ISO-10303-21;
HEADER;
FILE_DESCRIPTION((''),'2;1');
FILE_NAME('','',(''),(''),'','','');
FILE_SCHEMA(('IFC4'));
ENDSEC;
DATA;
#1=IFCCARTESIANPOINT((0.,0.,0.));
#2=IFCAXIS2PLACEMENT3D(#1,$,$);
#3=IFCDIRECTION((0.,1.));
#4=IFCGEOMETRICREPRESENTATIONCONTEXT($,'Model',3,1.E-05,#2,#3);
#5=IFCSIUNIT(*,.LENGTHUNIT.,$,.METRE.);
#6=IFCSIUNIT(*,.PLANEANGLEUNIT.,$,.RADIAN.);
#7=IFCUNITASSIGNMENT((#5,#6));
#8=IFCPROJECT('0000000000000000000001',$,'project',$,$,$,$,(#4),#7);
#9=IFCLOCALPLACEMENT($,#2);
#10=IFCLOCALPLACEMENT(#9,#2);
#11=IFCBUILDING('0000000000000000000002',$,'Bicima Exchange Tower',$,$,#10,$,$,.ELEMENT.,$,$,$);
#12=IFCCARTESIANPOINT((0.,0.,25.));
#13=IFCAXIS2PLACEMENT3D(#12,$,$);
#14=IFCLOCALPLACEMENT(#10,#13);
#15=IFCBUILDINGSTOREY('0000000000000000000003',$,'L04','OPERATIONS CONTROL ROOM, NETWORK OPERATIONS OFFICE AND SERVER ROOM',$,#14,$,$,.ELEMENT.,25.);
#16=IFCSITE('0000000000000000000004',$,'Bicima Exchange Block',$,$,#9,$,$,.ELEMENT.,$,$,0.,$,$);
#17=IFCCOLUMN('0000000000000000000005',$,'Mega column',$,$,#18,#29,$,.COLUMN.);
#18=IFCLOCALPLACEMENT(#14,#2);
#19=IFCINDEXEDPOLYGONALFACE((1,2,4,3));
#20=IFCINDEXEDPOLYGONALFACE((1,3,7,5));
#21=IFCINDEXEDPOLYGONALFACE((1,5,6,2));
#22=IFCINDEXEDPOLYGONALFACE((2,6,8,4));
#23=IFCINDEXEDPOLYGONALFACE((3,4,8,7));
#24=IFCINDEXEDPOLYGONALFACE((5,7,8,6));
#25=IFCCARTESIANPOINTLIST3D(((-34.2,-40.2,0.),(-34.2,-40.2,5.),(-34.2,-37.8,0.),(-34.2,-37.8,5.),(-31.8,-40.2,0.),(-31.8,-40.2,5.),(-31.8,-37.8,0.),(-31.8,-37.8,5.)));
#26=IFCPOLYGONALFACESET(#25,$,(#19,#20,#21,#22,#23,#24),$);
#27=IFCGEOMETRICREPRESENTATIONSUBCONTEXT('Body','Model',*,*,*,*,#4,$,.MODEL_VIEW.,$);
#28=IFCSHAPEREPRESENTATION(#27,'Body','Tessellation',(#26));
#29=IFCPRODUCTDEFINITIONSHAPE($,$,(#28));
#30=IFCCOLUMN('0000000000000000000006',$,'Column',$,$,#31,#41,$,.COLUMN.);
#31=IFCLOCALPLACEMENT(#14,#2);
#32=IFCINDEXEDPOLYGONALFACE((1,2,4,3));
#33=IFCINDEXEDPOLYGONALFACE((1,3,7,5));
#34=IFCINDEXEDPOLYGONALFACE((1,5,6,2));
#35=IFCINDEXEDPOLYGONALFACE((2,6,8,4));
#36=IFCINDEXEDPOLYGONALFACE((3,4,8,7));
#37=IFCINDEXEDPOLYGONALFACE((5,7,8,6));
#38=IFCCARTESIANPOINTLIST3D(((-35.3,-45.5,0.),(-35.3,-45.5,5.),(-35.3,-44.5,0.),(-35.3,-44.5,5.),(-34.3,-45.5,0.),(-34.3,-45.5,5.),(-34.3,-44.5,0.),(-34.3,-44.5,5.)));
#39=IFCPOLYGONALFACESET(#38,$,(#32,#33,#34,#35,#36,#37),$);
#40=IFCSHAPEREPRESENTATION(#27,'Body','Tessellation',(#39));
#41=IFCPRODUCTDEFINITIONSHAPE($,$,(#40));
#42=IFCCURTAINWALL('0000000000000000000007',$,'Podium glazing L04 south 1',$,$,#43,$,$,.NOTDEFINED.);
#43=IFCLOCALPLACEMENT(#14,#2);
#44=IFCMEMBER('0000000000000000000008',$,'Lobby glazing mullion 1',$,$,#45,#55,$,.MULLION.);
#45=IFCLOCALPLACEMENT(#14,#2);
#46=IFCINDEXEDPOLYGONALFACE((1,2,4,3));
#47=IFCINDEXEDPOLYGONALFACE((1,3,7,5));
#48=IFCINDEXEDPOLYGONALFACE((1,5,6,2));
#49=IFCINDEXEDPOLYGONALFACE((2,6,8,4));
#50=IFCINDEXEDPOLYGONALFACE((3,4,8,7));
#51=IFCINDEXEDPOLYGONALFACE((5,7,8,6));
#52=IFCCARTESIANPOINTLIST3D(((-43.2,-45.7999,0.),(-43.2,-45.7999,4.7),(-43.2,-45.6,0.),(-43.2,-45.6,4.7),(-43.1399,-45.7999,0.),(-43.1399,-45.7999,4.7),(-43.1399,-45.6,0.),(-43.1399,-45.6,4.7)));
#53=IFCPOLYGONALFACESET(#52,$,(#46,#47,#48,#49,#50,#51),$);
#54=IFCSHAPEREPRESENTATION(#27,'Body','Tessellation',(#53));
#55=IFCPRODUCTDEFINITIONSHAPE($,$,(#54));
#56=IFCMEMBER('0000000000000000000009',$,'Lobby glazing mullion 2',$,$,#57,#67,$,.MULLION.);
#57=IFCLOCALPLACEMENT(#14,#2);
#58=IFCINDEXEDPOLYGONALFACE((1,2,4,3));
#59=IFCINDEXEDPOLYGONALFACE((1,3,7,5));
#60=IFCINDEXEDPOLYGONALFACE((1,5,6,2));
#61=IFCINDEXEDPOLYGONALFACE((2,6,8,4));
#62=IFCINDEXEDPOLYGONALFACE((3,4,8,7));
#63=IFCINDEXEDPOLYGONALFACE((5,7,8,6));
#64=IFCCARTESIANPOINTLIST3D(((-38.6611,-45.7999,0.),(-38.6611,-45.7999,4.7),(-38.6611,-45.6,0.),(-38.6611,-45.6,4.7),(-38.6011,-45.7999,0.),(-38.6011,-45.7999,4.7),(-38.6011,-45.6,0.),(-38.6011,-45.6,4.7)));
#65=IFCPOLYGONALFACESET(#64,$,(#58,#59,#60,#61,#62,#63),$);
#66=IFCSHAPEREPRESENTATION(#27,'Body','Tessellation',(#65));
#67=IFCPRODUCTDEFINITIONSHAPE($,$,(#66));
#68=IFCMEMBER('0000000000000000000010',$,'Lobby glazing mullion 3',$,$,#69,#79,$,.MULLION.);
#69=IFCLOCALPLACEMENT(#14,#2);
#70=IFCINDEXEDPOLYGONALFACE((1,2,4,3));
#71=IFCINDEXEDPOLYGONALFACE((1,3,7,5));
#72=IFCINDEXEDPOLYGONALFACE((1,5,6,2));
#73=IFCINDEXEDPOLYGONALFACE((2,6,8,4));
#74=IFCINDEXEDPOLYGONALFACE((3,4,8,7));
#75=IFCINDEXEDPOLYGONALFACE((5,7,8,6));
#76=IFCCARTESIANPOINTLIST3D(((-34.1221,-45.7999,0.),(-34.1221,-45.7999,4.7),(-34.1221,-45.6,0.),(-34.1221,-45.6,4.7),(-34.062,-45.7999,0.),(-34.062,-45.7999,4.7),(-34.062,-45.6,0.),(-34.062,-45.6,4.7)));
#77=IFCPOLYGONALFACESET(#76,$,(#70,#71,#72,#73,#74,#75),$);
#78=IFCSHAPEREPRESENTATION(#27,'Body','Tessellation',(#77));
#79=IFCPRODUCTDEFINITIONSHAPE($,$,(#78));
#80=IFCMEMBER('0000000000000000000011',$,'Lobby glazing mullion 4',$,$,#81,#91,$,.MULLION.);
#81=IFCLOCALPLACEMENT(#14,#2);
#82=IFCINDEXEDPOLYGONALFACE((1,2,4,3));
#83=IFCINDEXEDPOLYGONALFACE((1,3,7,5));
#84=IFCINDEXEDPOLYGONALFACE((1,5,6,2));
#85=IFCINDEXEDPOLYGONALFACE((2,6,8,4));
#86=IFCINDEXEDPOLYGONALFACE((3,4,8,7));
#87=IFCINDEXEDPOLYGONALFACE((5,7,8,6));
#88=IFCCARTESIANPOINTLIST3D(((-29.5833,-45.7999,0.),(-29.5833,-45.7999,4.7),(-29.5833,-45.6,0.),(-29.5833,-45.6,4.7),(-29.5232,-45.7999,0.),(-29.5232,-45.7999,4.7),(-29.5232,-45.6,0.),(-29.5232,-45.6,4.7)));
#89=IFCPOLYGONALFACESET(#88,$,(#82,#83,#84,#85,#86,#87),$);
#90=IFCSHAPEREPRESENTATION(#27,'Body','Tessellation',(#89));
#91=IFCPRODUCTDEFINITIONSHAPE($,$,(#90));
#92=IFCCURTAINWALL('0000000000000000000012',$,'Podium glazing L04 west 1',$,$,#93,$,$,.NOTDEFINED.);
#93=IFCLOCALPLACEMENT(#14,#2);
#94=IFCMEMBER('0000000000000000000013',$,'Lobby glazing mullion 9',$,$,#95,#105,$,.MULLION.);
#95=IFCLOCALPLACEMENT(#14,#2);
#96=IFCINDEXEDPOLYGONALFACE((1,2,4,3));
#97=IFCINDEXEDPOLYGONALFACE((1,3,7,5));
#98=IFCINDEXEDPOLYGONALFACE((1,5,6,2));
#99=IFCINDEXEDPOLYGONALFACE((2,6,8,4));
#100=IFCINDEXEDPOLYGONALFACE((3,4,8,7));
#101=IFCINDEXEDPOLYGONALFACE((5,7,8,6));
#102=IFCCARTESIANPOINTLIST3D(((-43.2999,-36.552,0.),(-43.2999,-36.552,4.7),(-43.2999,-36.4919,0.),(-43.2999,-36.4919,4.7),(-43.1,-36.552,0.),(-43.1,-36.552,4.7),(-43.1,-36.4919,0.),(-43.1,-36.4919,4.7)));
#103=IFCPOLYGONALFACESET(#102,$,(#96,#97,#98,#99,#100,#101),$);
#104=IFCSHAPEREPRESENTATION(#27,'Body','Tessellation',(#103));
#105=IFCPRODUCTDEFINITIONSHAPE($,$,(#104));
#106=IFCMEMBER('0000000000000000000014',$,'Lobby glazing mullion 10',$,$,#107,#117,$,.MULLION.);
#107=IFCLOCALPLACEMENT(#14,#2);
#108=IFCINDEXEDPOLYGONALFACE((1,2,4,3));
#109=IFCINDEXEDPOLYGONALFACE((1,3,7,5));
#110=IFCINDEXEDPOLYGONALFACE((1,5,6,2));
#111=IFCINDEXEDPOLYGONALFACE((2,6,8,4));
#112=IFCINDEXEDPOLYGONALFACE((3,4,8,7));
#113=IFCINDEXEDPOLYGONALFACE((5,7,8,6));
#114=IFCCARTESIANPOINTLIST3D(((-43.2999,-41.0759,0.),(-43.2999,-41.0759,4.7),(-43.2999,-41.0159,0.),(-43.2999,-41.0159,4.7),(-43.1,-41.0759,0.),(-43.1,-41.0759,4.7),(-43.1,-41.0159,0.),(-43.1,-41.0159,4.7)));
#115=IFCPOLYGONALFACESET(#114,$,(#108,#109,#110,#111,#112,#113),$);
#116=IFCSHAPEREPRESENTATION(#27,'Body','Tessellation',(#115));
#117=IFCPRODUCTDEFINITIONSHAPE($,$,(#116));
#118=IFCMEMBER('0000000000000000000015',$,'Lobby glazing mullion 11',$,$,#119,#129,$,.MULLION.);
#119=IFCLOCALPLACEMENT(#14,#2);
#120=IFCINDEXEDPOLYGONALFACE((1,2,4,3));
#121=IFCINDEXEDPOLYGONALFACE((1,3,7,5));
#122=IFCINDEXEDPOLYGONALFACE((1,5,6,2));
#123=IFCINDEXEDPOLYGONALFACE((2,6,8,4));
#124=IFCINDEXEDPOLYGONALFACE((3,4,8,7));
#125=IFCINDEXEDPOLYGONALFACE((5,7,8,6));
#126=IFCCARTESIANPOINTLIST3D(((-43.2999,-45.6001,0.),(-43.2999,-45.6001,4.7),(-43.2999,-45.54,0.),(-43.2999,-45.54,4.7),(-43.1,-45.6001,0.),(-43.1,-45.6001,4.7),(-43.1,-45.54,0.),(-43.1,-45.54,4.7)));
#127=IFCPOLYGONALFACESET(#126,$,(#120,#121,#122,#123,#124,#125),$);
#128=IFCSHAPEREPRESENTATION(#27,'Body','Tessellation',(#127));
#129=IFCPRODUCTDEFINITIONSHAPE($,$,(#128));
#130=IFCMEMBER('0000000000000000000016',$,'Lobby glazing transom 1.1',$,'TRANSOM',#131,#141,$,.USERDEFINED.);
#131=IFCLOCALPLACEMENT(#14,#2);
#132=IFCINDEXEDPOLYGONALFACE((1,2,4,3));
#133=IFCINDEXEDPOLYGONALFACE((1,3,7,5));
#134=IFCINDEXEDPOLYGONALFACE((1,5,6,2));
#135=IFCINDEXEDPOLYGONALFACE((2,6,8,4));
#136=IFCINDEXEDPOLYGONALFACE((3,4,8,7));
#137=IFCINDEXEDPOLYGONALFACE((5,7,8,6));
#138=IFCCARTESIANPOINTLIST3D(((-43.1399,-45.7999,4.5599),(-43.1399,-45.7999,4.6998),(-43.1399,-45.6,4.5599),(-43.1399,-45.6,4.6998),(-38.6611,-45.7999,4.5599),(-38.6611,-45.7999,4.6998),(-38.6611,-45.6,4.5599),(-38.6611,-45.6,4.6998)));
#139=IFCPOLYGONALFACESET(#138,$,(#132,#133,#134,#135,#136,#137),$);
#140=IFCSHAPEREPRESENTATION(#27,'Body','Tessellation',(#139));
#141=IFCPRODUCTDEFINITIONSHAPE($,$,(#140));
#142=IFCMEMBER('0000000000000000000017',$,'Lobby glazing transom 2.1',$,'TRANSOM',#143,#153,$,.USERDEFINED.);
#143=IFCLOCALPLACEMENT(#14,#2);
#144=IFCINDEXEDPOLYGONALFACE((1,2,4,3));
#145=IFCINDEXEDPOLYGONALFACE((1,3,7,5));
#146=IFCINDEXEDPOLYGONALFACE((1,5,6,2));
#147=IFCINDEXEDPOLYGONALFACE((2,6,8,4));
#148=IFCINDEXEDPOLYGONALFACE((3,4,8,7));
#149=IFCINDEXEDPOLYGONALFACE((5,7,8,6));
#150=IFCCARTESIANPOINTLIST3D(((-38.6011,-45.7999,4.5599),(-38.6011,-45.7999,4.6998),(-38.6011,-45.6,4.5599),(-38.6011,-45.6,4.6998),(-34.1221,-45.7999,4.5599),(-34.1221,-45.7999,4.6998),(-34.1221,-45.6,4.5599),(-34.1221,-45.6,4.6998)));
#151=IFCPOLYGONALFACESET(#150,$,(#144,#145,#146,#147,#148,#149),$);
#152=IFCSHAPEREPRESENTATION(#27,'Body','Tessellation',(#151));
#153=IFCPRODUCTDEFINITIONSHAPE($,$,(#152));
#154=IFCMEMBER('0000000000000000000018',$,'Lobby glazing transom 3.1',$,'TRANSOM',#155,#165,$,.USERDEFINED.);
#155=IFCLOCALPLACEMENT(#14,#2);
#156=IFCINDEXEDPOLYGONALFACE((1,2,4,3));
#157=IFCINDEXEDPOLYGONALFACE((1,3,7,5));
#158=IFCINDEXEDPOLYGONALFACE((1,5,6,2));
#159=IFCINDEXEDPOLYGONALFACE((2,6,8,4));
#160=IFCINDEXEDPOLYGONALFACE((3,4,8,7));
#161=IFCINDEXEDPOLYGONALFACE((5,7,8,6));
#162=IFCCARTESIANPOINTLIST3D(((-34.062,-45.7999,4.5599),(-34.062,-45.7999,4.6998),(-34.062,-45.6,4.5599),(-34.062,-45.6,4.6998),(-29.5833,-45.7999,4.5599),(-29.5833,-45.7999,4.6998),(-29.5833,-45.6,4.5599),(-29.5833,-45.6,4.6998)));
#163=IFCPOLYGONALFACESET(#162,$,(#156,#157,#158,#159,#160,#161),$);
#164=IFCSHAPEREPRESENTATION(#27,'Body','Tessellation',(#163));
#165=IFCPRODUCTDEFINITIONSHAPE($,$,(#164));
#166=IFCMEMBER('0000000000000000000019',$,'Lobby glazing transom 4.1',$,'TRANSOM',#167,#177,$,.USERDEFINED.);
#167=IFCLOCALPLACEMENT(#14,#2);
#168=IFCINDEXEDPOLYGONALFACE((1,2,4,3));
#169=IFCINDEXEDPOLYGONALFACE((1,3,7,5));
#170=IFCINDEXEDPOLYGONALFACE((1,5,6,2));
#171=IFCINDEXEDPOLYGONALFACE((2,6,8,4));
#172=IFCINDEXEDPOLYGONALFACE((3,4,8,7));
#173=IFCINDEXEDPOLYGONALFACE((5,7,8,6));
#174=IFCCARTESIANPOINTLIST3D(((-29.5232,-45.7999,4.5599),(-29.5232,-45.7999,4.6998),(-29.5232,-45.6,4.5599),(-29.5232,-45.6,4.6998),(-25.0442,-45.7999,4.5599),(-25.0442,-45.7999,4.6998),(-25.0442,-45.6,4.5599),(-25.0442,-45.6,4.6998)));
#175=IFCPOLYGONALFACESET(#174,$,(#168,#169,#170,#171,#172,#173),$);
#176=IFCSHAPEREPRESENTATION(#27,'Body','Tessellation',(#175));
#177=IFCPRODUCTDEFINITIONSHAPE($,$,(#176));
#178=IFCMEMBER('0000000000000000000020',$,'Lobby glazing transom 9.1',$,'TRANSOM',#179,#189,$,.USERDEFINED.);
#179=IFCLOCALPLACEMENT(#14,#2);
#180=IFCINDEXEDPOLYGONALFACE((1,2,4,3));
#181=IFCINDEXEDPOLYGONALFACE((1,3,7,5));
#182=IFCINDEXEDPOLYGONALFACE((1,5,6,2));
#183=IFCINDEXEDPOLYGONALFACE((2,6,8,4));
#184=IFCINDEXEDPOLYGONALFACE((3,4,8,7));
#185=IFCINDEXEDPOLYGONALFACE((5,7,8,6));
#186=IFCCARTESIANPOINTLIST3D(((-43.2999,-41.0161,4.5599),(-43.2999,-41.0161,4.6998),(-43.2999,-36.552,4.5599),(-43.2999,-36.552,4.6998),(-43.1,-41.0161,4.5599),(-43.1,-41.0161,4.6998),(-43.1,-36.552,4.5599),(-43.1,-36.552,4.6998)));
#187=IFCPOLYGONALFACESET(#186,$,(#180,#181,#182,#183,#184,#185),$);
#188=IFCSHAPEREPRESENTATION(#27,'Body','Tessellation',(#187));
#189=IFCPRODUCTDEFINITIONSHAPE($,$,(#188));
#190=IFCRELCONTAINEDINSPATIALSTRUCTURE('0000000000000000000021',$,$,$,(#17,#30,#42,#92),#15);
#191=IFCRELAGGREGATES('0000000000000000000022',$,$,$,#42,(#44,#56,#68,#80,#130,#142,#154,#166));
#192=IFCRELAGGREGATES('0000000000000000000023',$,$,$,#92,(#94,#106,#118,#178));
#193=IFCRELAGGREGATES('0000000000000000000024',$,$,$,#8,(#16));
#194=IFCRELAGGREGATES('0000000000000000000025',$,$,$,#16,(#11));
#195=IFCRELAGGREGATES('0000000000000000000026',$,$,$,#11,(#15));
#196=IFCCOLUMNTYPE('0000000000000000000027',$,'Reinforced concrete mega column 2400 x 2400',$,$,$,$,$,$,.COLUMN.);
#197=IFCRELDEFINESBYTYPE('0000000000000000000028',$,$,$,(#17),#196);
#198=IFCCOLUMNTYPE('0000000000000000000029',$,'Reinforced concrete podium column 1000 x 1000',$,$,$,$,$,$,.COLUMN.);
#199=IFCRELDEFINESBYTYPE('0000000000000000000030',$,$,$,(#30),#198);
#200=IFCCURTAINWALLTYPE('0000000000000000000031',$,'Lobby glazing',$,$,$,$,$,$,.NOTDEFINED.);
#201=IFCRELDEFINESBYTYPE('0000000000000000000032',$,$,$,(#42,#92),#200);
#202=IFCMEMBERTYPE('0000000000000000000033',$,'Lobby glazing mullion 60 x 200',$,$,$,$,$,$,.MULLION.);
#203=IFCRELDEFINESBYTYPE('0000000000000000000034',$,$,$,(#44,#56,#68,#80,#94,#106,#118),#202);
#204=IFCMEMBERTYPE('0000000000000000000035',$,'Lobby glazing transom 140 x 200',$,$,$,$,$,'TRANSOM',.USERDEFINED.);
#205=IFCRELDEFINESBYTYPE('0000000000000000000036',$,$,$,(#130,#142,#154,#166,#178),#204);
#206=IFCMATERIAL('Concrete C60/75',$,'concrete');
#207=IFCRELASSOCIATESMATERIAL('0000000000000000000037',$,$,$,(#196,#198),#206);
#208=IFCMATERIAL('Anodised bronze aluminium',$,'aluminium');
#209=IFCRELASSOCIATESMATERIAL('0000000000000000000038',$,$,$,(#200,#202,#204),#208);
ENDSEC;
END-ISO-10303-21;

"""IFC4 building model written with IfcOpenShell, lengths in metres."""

from ifc_helpers import new_model, si_unit, direction, frame, origin, origin_2d, place, context, subcontext, project, spatial, rectangle, extrude, material, material_profile, profile_set, type_object, element, aggregate, save


model = new_model("IFC4")

# Units and contexts
model_context = context("Model", 3, precision=1e-05, world=origin(), true_north=direction((0.0, 1.0)))
body_context = subcontext(model_context, "Body", "Model", "MODEL_VIEW")
ifc_project = project(units=[si_unit("LENGTHUNIT", "METRE"), si_unit("PLANEANGLEUNIT", "RADIAN")], contexts=[model_context])

# Site, building, storey
site_placement = place(None, origin())
site = spatial("IfcSite", under=ifc_project, at=site_placement, Name="Bicima Exchange Block", CompositionType="ELEMENT", RefElevation=0.0)
building_placement = place(site_placement, origin())
building = spatial("IfcBuilding", under=site, at=building_placement, Name="Bicima Exchange Tower", CompositionType="ELEMENT")
storey_placement = place(building_placement, frame((0.0, 0.0, 25.0)))
storey = spatial("IfcBuildingStorey", under=building, at=storey_placement, Name="L04", Description="OPERATIONS CONTROL ROOM, NETWORK OPERATIONS OFFICE AND SERVER ROOM", CompositionType="ELEMENT", Elevation=25.0)

# Columns
ifc_material_1 = material(Name="Concrete C60/75", Category="concrete")
ifc_material_profile_1 = material_profile(ifc_material_1, rectangle(XDim=2.3999, YDim=2.3999, at=origin_2d()))
ifc_profile_set_1 = profile_set([ifc_material_profile_1], Name="Concrete C60/75")
column_type_1 = type_object("IfcColumnType", Name="Reinforced concrete mega column 2400 x 2400", PredefinedType="COLUMN", material=ifc_profile_set_1)
column_1_placement = place(storey_placement, frame((-33.0, -39.0, 0.0), z_axis=(0.0, 0.0, 1.0), x_axis=(1.0, 0.0, 0.0)))
element("IfcColumn", 1, at=column_1_placement, inside=storey, type_object=column_type_1, Name="Mega column", PredefinedType="COLUMN", context=body_context, shape_type="SweptSolid", body=[
    extrude(rectangle(XDim=2.3999, YDim=2.3999, at=origin_2d()), origin(), (0.0, 0.0, 1.0), 5.0),
])
ifc_material_profile_2 = material_profile(ifc_material_1, rectangle(XDim=1.0, YDim=1.0, at=origin_2d()))
ifc_profile_set_2 = profile_set([ifc_material_profile_2], Name="Concrete C60/75")
column_type_2 = type_object("IfcColumnType", Name="Reinforced concrete podium column 1000 x 1000", PredefinedType="COLUMN", material=ifc_profile_set_2)
column_2_placement = place(storey_placement, frame((-34.8, -45.0, 0.0), z_axis=(0.0, 0.0, 1.0), x_axis=(1.0, 0.0, 0.0)))
element("IfcColumn", 2, at=column_2_placement, inside=storey, type_object=column_type_2, Name="Column", PredefinedType="COLUMN", context=body_context, shape_type="SweptSolid", body=[
    extrude(rectangle(XDim=1.0, YDim=1.0, at=origin_2d()), origin(), (0.0, 0.0, 1.0), 5.0),
])

# Curtain walls, members
ifc_material_2 = material(Name="Anodised bronze aluminium", Category="aluminium")
curtain_wall_type = type_object("IfcCurtainWallType", Name="Lobby glazing", PredefinedType="NOTDEFINED", material=ifc_material_2)
curtain_wall_1_placement = place(storey_placement, origin())
curtain_wall_1 = element("IfcCurtainWall", 3, at=curtain_wall_1_placement, inside=storey, type_object=curtain_wall_type, Name="Podium glazing L04 south 1", PredefinedType="NOTDEFINED")
ifc_material_profile_3 = material_profile(ifc_material_2, rectangle(XDim=0.2, YDim=0.0601, at=origin_2d()))
ifc_profile_set_3 = profile_set([ifc_material_profile_3], Name="Anodised bronze aluminium")
member_type_1 = type_object("IfcMemberType", Name="Lobby glazing mullion 60 x 200", PredefinedType="MULLION", material=ifc_profile_set_3)
member_1_placement = place(storey_placement, frame((-43.1699, -45.7, 0.0), z_axis=(0.0, 0.0, 1.0), x_axis=(0.0, 1.0, 0.0)))
member_1 = element("IfcMember", 4, at=member_1_placement, type_object=member_type_1, Name="Lobby glazing mullion 1", PredefinedType="MULLION", context=body_context, shape_type="SweptSolid", body=[
    extrude(rectangle(XDim=0.2, YDim=0.0601, at=origin_2d()), origin(), (0.0, 0.0, 1.0), 4.7),
])
member_2_placement = place(storey_placement, frame((-38.6311, -45.7, 0.0), z_axis=(0.0, 0.0, 1.0), x_axis=(0.0, 1.0, 0.0)))
member_2 = element("IfcMember", 5, at=member_2_placement, type_object=member_type_1, Name="Lobby glazing mullion 2", PredefinedType="MULLION", context=body_context, shape_type="SweptSolid", body=[
    extrude(rectangle(XDim=0.2, YDim=0.0601, at=origin_2d()), origin(), (0.0, 0.0, 1.0), 4.7),
])
member_3_placement = place(storey_placement, frame((-34.092, -45.7, 0.0), z_axis=(0.0, 0.0, 1.0), x_axis=(0.0, 1.0, 0.0)))
member_3 = element("IfcMember", 6, at=member_3_placement, type_object=member_type_1, Name="Lobby glazing mullion 3", PredefinedType="MULLION", context=body_context, shape_type="SweptSolid", body=[
    extrude(rectangle(XDim=0.2, YDim=0.0601, at=origin_2d()), origin(), (0.0, 0.0, 1.0), 4.7),
])
member_4_placement = place(storey_placement, frame((-29.5532, -45.7, 0.0), z_axis=(0.0, 0.0, 1.0), x_axis=(0.0, 1.0, 0.0)))
member_4 = element("IfcMember", 7, at=member_4_placement, type_object=member_type_1, Name="Lobby glazing mullion 4", PredefinedType="MULLION", context=body_context, shape_type="SweptSolid", body=[
    extrude(rectangle(XDim=0.2, YDim=0.0601, at=origin_2d()), origin(), (0.0, 0.0, 1.0), 4.7),
])
curtain_wall_2_placement = place(storey_placement, origin())
curtain_wall_2 = element("IfcCurtainWall", 8, at=curtain_wall_2_placement, inside=storey, type_object=curtain_wall_type, Name="Podium glazing L04 west 1", PredefinedType="NOTDEFINED")
member_5_placement = place(storey_placement, frame((-43.2, -36.522, 0.0), z_axis=(0.0, 0.0, 1.0), x_axis=(1.0, 0.0, 0.0)))
member_5 = element("IfcMember", 9, at=member_5_placement, type_object=member_type_1, Name="Lobby glazing mullion 9", PredefinedType="MULLION", context=body_context, shape_type="SweptSolid", body=[
    extrude(rectangle(XDim=0.2, YDim=0.0601, at=origin_2d()), origin(), (0.0, 0.0, 1.0), 4.7),
])
member_6_placement = place(storey_placement, frame((-43.2, -41.0459, 0.0), z_axis=(0.0, 0.0, 1.0), x_axis=(1.0, 0.0, 0.0)))
member_6 = element("IfcMember", 10, at=member_6_placement, type_object=member_type_1, Name="Lobby glazing mullion 10", PredefinedType="MULLION", context=body_context, shape_type="SweptSolid", body=[
    extrude(rectangle(XDim=0.2, YDim=0.0601, at=origin_2d()), origin(), (0.0, 0.0, 1.0), 4.7),
])
member_7_placement = place(storey_placement, frame((-43.2, -45.5701, 0.0), z_axis=(0.0, 0.0, 1.0), x_axis=(1.0, 0.0, 0.0)))
member_7 = element("IfcMember", 11, at=member_7_placement, type_object=member_type_1, Name="Lobby glazing mullion 11", PredefinedType="MULLION", context=body_context, shape_type="SweptSolid", body=[
    extrude(rectangle(XDim=0.2, YDim=0.0601, at=origin_2d()), origin(), (0.0, 0.0, 1.0), 4.7),
])

# Members
ifc_material_profile_4 = material_profile(ifc_material_2, rectangle(XDim=0.2, YDim=0.1399, at=origin_2d()))
ifc_profile_set_4 = profile_set([ifc_material_profile_4], Name="Anodised bronze aluminium")
member_type_2 = type_object("IfcMemberType", Name="Lobby glazing transom 140 x 200", ElementType="TRANSOM", PredefinedType="USERDEFINED", material=ifc_profile_set_4)
member_8_placement = place(storey_placement, frame((-43.1399, -45.7, 4.6299), z_axis=(1.0, 0.0, 0.0), x_axis=(0.0, 1.0, 0.0)))
member_8 = element("IfcMember", 12, at=member_8_placement, type_object=member_type_2, Name="Lobby glazing transom 1.1", ObjectType="TRANSOM", PredefinedType="USERDEFINED", context=body_context, shape_type="SweptSolid", body=[
    extrude(rectangle(XDim=0.2, YDim=0.1399, at=origin_2d()), origin(), (0.0, 0.0, 1.0), 4.4788),
])
member_9_placement = place(storey_placement, frame((-38.6011, -45.7, 4.6299), z_axis=(1.0, 0.0, 0.0), x_axis=(0.0, 1.0, 0.0)))
member_9 = element("IfcMember", 13, at=member_9_placement, type_object=member_type_2, Name="Lobby glazing transom 2.1", ObjectType="TRANSOM", PredefinedType="USERDEFINED", context=body_context, shape_type="SweptSolid", body=[
    extrude(rectangle(XDim=0.2, YDim=0.1399, at=origin_2d()), origin(), (0.0, 0.0, 1.0), 4.479),
])
member_10_placement = place(storey_placement, frame((-34.062, -45.7, 4.6299), z_axis=(1.0, 0.0, 0.0), x_axis=(0.0, 1.0, 0.0)))
member_10 = element("IfcMember", 14, at=member_10_placement, type_object=member_type_2, Name="Lobby glazing transom 3.1", ObjectType="TRANSOM", PredefinedType="USERDEFINED", context=body_context, shape_type="SweptSolid", body=[
    extrude(rectangle(XDim=0.2, YDim=0.1399, at=origin_2d()), origin(), (0.0, 0.0, 1.0), 4.4788),
])
member_11_placement = place(storey_placement, frame((-29.5232, -45.7, 4.6299), z_axis=(1.0, 0.0, 0.0), x_axis=(0.0, 1.0, 0.0)))
member_11 = element("IfcMember", 15, at=member_11_placement, type_object=member_type_2, Name="Lobby glazing transom 4.1", ObjectType="TRANSOM", PredefinedType="USERDEFINED", context=body_context, shape_type="SweptSolid", body=[
    extrude(rectangle(XDim=0.2, YDim=0.1399, at=origin_2d()), origin(), (0.0, 0.0, 1.0), 4.479),
])
member_12_placement = place(storey_placement, frame((-43.2, -36.552, 4.6299), z_axis=(0.0, -1.0, 0.0), x_axis=(1.0, 0.0, 0.0)))
member_12 = element("IfcMember", 16, at=member_12_placement, type_object=member_type_2, Name="Lobby glazing transom 9.1", ObjectType="TRANSOM", PredefinedType="USERDEFINED", context=body_context, shape_type="SweptSolid", body=[
    extrude(rectangle(XDim=0.2, YDim=0.1399, at=origin_2d()), origin(), (0.0, 0.0, 1.0), 4.4641),
])

aggregate(curtain_wall_1, [member_1, member_2, member_3, member_4, member_8, member_9, member_10, member_11])
aggregate(curtain_wall_2, [member_5, member_6, member_7, member_12])

save(model, "model.ifc")
